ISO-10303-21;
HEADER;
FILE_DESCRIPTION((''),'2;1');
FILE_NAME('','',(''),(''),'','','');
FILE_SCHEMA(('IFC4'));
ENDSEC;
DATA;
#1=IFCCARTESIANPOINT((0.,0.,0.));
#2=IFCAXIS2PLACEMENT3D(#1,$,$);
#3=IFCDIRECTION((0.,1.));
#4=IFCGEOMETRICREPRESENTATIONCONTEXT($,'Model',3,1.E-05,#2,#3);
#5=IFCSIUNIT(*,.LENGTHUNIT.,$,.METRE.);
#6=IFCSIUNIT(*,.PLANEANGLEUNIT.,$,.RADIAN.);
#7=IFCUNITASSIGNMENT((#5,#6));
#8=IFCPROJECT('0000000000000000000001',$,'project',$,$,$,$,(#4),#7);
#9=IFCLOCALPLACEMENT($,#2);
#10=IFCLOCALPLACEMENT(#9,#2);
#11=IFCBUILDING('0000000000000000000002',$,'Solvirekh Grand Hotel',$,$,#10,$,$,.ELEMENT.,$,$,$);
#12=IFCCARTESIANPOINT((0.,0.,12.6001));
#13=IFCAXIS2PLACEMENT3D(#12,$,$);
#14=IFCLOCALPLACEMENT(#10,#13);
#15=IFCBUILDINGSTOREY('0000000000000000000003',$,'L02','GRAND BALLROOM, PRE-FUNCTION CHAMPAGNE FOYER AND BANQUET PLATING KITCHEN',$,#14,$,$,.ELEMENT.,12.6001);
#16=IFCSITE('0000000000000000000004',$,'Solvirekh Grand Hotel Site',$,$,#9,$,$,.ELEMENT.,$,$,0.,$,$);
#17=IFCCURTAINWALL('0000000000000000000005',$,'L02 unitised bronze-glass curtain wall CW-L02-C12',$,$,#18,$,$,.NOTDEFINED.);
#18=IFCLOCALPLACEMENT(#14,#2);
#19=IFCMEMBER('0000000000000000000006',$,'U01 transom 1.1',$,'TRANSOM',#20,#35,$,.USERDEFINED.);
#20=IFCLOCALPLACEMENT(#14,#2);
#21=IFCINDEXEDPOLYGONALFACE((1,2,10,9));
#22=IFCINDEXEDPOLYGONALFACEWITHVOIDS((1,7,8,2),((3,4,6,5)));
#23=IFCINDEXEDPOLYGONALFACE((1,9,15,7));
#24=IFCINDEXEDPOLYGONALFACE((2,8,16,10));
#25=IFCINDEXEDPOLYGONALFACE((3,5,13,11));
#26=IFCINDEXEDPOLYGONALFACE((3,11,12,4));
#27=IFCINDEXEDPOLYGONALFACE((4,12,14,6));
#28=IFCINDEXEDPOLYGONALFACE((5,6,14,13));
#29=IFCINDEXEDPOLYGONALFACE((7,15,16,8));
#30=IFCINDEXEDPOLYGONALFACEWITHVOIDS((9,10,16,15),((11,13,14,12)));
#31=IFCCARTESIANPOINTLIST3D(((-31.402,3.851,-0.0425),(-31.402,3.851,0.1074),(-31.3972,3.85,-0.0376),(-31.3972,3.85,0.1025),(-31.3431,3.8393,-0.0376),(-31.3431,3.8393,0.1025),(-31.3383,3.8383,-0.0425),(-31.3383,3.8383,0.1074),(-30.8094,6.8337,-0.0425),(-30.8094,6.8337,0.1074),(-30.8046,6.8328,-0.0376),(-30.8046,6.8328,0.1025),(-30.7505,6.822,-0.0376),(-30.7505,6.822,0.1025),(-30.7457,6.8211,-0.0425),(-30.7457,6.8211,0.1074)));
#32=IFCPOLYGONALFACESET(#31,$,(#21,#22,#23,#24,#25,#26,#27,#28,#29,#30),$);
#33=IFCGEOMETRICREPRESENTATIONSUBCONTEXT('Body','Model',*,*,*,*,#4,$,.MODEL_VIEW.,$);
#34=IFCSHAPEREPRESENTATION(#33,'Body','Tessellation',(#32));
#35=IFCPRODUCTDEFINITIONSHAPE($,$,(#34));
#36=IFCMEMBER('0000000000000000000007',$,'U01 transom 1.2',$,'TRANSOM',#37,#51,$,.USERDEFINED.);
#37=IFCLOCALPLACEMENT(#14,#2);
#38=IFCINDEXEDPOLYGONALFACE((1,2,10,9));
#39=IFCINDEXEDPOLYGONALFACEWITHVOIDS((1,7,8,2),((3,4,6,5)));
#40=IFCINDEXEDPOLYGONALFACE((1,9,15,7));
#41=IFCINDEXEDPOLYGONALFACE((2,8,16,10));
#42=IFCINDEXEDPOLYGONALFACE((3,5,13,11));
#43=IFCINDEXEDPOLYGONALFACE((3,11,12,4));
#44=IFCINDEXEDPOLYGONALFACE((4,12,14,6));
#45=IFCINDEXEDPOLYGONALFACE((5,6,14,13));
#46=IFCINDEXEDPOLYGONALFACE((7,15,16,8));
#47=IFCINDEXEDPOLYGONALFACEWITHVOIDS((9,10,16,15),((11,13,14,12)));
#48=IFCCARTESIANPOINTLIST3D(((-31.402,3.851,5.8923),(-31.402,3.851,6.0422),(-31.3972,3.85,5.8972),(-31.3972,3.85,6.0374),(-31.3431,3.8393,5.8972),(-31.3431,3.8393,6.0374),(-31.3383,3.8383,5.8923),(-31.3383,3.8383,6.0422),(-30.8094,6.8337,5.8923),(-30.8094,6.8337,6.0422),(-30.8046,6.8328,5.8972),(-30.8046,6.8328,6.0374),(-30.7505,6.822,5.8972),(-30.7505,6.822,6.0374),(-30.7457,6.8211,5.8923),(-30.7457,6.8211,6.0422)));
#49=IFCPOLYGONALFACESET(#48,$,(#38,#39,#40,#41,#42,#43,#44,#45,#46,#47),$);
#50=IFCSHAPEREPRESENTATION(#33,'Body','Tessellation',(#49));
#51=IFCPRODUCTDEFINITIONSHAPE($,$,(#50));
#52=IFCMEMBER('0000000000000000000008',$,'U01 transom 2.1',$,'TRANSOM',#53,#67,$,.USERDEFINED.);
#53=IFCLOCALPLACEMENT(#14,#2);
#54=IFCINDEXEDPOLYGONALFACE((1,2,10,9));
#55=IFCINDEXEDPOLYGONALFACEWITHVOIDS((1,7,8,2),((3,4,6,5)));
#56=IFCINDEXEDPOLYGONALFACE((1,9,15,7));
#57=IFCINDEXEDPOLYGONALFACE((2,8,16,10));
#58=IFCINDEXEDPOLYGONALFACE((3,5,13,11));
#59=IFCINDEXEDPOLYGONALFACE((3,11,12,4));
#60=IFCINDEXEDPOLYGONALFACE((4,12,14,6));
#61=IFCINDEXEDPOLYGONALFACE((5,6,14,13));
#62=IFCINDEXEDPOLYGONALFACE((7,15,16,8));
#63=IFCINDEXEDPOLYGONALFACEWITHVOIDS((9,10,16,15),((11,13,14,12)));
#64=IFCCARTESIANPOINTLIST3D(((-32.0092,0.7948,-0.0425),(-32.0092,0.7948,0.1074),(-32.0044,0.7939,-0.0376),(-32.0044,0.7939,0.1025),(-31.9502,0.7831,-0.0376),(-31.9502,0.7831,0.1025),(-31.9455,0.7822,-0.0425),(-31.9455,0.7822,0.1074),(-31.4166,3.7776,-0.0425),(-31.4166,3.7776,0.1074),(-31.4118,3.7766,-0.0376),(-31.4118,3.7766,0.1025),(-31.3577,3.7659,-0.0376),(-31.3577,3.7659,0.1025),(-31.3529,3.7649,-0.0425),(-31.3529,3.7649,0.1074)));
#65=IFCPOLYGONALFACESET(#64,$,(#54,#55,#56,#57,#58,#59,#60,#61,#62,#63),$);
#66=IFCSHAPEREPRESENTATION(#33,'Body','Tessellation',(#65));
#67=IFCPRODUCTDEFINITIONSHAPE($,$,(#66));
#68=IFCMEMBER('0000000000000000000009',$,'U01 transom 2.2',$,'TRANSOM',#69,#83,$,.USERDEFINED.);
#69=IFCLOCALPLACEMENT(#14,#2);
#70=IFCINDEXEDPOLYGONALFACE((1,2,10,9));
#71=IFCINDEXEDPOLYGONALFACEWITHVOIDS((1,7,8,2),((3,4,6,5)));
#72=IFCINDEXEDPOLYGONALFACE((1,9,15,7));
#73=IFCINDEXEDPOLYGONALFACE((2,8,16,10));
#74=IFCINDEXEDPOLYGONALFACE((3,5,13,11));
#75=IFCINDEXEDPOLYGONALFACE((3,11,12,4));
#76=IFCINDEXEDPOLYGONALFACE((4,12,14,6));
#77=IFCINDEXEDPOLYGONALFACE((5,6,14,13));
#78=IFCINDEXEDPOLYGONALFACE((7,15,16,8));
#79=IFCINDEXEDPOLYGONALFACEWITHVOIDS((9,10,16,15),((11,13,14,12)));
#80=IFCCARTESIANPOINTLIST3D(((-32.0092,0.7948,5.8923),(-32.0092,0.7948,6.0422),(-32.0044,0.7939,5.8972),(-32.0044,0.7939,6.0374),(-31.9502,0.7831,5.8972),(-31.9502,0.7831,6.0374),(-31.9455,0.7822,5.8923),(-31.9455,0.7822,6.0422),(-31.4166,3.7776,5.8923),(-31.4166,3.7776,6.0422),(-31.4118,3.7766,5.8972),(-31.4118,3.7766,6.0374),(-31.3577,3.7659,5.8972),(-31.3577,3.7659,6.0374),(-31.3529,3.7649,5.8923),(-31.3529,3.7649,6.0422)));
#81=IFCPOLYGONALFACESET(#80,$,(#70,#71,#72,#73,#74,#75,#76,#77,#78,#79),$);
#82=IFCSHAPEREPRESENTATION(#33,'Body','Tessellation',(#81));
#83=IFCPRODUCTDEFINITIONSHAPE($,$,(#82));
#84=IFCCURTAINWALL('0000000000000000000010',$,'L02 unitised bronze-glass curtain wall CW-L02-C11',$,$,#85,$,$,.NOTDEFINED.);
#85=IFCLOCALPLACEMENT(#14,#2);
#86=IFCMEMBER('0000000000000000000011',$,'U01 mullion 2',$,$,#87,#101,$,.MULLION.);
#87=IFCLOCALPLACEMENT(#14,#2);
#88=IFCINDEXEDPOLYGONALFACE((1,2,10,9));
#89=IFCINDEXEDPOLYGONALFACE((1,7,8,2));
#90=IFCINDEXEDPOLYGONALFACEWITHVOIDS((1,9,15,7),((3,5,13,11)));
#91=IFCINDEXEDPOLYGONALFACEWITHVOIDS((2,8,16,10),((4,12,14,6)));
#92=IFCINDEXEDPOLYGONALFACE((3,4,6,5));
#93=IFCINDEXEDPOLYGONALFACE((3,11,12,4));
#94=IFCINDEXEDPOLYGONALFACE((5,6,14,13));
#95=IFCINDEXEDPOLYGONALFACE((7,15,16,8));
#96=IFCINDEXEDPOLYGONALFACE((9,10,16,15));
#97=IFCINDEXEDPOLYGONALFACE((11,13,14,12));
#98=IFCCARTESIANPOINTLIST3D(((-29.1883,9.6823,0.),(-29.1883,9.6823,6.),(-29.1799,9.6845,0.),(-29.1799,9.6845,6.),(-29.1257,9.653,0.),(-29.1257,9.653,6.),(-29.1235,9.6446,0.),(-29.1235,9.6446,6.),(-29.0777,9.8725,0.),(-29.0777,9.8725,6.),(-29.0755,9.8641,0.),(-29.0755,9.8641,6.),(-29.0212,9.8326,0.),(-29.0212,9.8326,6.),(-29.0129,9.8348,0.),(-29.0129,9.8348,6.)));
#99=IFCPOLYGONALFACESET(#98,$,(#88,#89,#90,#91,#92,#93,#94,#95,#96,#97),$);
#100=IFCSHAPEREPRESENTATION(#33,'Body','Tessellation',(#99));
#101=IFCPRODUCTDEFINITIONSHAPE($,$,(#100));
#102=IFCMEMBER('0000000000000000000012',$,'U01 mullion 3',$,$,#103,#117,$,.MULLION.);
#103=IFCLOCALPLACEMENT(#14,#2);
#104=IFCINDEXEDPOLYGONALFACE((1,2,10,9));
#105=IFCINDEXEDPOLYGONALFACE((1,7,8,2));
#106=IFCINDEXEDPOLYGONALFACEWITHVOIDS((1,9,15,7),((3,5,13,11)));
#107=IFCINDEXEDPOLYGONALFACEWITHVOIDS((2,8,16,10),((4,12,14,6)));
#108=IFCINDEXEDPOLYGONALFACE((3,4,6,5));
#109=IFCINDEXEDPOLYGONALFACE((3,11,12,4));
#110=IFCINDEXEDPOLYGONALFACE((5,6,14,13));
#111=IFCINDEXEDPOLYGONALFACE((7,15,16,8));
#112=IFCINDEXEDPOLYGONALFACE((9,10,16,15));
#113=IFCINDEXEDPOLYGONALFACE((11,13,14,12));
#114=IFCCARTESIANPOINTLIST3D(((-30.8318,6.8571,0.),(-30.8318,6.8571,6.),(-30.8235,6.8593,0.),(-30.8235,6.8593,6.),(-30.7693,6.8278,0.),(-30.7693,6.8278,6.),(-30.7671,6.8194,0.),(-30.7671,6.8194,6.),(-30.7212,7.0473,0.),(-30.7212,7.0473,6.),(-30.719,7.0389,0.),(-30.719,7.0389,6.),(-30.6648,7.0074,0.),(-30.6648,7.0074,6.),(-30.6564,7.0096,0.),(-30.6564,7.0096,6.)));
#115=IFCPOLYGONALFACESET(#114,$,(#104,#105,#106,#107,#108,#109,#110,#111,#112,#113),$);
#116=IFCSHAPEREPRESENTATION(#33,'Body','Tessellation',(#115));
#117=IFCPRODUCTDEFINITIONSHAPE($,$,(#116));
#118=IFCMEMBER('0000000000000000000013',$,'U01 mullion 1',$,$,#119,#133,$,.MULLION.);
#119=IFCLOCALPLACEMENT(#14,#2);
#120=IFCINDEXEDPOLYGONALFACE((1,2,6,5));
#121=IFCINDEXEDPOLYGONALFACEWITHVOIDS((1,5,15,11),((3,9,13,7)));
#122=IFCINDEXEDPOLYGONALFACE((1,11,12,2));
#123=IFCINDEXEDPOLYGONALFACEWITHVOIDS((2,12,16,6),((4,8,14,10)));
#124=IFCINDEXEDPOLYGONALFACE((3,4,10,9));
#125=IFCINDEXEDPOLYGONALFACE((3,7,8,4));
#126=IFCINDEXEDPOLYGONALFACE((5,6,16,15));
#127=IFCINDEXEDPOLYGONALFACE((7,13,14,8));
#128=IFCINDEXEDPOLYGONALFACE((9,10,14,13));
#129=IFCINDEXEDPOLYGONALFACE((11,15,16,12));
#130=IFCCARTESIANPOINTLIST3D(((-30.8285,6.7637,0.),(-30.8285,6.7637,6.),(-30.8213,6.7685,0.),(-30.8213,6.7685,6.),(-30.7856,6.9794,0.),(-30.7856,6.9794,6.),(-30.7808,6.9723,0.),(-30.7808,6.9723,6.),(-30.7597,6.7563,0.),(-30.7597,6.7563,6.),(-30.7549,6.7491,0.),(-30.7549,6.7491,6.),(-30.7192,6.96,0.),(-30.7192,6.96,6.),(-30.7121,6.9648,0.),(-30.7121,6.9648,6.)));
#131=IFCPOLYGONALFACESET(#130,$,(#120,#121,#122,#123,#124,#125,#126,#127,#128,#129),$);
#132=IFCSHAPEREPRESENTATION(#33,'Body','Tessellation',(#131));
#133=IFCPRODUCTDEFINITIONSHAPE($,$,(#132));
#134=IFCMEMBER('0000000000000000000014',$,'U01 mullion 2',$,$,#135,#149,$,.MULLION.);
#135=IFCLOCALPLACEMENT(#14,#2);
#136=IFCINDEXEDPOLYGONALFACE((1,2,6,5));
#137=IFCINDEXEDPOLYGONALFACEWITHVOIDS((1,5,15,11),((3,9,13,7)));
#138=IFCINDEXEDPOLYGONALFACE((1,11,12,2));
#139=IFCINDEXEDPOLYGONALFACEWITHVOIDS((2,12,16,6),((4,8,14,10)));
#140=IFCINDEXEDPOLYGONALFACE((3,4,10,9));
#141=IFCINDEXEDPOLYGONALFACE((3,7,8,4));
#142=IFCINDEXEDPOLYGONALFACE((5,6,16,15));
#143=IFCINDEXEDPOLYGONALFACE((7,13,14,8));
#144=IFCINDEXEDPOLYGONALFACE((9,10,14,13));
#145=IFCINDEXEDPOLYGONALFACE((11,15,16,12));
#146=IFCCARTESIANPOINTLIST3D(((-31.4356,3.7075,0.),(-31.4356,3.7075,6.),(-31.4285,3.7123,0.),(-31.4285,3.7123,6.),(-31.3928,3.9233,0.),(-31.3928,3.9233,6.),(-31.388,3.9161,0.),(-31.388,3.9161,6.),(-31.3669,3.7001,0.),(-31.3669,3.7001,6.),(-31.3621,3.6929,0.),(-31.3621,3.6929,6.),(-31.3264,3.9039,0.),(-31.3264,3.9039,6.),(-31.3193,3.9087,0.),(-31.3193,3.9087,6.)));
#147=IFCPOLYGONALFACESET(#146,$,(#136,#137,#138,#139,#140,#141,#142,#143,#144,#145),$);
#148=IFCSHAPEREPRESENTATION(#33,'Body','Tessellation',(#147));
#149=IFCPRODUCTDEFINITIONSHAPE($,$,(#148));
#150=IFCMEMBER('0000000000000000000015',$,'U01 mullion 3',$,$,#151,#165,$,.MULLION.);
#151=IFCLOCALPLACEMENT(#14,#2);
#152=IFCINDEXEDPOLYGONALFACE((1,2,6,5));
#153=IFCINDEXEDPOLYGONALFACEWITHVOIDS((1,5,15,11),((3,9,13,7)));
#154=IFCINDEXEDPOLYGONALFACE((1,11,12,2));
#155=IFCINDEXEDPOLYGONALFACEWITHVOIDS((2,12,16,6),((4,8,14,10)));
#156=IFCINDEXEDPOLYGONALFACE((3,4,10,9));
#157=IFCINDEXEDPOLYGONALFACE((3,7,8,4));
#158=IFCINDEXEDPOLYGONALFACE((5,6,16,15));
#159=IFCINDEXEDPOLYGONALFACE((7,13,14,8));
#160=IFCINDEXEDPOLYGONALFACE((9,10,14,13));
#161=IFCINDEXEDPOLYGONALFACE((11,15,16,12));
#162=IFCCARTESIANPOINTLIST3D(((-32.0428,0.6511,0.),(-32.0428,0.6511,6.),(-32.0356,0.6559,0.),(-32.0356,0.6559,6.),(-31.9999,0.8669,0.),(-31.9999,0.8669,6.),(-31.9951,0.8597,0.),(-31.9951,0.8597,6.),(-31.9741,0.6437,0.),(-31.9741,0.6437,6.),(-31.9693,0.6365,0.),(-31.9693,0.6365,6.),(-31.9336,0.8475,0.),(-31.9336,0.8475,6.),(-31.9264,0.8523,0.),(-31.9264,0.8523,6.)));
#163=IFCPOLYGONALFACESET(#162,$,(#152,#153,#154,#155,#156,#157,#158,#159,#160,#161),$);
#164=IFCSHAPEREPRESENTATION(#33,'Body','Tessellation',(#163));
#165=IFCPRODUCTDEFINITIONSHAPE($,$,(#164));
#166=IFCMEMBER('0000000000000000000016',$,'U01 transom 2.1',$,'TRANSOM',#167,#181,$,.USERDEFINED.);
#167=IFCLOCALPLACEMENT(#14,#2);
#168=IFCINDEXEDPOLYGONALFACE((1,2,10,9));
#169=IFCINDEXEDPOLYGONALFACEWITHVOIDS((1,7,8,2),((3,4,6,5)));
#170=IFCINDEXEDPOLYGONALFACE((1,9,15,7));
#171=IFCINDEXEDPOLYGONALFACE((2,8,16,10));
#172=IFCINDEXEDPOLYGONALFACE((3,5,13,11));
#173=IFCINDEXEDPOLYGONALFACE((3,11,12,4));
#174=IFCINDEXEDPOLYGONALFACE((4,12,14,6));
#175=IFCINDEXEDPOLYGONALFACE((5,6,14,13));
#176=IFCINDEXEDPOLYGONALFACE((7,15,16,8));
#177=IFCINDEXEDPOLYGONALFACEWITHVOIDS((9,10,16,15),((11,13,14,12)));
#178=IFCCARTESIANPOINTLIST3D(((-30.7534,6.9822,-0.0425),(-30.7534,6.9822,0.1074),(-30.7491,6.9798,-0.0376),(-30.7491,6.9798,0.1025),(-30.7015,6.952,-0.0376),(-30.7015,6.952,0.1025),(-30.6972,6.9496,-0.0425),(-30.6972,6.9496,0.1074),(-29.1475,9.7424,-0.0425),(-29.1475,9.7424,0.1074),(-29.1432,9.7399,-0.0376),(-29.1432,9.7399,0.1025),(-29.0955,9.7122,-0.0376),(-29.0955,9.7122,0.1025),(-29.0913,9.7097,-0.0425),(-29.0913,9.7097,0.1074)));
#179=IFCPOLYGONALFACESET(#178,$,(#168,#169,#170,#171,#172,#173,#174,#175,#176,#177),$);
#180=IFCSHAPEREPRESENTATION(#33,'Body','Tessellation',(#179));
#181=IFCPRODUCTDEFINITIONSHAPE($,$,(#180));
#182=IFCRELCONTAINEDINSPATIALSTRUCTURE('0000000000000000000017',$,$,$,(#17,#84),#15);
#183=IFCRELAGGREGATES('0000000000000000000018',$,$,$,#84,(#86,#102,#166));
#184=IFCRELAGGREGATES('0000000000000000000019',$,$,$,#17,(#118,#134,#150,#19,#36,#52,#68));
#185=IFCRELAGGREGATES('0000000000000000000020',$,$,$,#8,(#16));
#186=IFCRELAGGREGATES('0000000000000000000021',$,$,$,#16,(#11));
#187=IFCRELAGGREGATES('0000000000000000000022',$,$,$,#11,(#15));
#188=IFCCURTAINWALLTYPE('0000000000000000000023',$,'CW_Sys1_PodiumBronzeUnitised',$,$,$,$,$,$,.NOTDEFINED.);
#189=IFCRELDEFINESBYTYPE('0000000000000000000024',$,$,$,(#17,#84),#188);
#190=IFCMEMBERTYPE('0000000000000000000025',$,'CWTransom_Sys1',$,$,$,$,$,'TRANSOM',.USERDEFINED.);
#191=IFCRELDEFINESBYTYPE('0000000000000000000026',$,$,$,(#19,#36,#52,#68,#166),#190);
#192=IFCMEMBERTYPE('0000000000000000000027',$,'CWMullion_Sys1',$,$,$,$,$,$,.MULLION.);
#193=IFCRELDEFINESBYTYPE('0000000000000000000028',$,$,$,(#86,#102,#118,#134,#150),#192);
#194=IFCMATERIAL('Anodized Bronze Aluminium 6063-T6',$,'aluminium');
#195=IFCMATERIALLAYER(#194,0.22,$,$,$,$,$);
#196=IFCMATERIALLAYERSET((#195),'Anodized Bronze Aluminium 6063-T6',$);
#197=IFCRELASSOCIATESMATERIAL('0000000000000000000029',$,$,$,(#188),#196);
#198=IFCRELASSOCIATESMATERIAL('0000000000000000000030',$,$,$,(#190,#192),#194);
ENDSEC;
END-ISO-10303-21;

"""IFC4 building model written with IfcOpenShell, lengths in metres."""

from ifc_helpers import new_model, si_unit, direction, frame, origin, origin_2d, place, context, subcontext, project, spatial, hollow_rectangle, extrude, source, transform, mapped, material, layer, layer_set, material_profile, profile_set, type_object, element, aggregate, save


model = new_model("IFC4")

# Units and contexts
model_context = context("Model", 3, precision=1e-05, world=origin(), true_north=direction((0.0, 1.0)))
body_context = subcontext(model_context, "Body", "Model", "MODEL_VIEW")
ifc_project = project(units=[si_unit("LENGTHUNIT", "METRE"), si_unit("PLANEANGLEUNIT", "RADIAN")], contexts=[model_context])

# Site, building, storey
site_placement = place(None, origin())
site = spatial("IfcSite", under=ifc_project, at=site_placement, Name="Solvirekh Grand Hotel Site", CompositionType="ELEMENT", RefElevation=0.0)
building_placement = place(site_placement, origin())
building = spatial("IfcBuilding", under=site, at=building_placement, Name="Solvirekh Grand Hotel", CompositionType="ELEMENT")
storey_placement = place(building_placement, frame((0.0, 0.0, 12.6001)))
storey = spatial("IfcBuildingStorey", under=building, at=storey_placement, Name="L02", Description="GRAND BALLROOM, PRE-FUNCTION CHAMPAGNE FOYER AND BANQUET PLATING KITCHEN", CompositionType="ELEMENT", Elevation=12.6001)

# Curtain walls, members
ifc_material_1 = material(Name="Anodized Bronze Aluminium 6063-T6", Category="aluminium")
ifc_layer_1 = layer(ifc_material_1, 0.22)
ifc_layer_set_1 = layer_set([ifc_layer_1], Name="Anodized Bronze Aluminium 6063-T6")
curtain_wall_type = type_object("IfcCurtainWallType", Name="CW_Sys1_PodiumBronzeUnitised", PredefinedType="NOTDEFINED", material=ifc_layer_set_1)
curtain_wall_1_placement = place(storey_placement, origin())
curtain_wall_1 = element("IfcCurtainWall", 1, at=curtain_wall_1_placement, inside=storey, type_object=curtain_wall_type, Name="L02 unitised bronze-glass curtain wall CW-L02-C12", PredefinedType="NOTDEFINED")
ifc_material_profile_1 = material_profile(ifc_material_1, hollow_rectangle(XDim=0.0649, YDim=0.1499, WallThickness=0.0049, at=origin_2d()), Name="ALU RHS 150X65X5")
ifc_profile_set_1 = profile_set([ifc_material_profile_1], Name="Anodized Bronze Aluminium 6063-T6")
member_type_1 = type_object("IfcMemberType", Name="CWTransom_Sys1", ElementType="TRANSOM", PredefinedType="USERDEFINED", material=ifc_profile_set_1)
shared_shape_1 = source(origin(), body_context, "Body", "SweptSolid", [
    extrude(hollow_rectangle(XDim=0.0649, YDim=0.1499, WallThickness=0.0049, at=origin_2d()), origin(), (0.0, 0.0, 1.0), 3.041),
])
member_1_placement = place(storey_placement, frame((-30.7776, 6.8274, 0.0325), z_axis=(-0.19485, -0.980833, 0.0), x_axis=(0.980833, -0.19485, 0.0)))
member_1 = element("IfcMember", 2, at=member_1_placement, type_object=member_type_1, Name="U01 transom 1.1", ObjectType="TRANSOM", PredefinedType="USERDEFINED", context=body_context, shape_type="MappedRepresentation", body=[
    mapped(shared_shape_1, transform((0.0, 0.0, 0.0), x_axis=(1.0, 0.0, 0.0), y_axis=(0.0, 1.0, 0.0), z_axis=(0.0, 0.0, 1.0), scale=1.0)),
])
member_2_placement = place(storey_placement, frame((-30.7776, 6.8274, 5.9673), z_axis=(-0.19485, -0.980833, 0.0), x_axis=(0.980833, -0.19485, 0.0)))
member_2 = element("IfcMember", 3, at=member_2_placement, type_object=member_type_1, Name="U01 transom 1.2", ObjectType="TRANSOM", PredefinedType="USERDEFINED", context=body_context, shape_type="MappedRepresentation", body=[
    mapped(shared_shape_1, transform((0.0, 0.0, 0.0), x_axis=(1.0, 0.0, 0.0), y_axis=(0.0, 1.0, 0.0), z_axis=(0.0, 0.0, 1.0), scale=1.0)),
])
member_3_placement = place(storey_placement, frame((-31.3848, 3.7712, 0.0325), z_axis=(-0.19485, -0.980833, 0.0), x_axis=(0.980833, -0.19485, 0.0)))
member_3 = element("IfcMember", 4, at=member_3_placement, type_object=member_type_1, Name="U01 transom 2.1", ObjectType="TRANSOM", PredefinedType="USERDEFINED", context=body_context, shape_type="MappedRepresentation", body=[
    mapped(shared_shape_1, transform((0.0, 0.0, 0.0), x_axis=(1.0, 0.0, 0.0), y_axis=(0.0, 1.0, 0.0), z_axis=(0.0, 0.0, 1.0), scale=1.0)),
])
member_4_placement = place(storey_placement, frame((-31.3848, 3.7712, 5.9673), z_axis=(-0.19485, -0.980833, 0.0), x_axis=(0.980833, -0.19485, 0.0)))
member_4 = element("IfcMember", 5, at=member_4_placement, type_object=member_type_1, Name="U01 transom 2.2", ObjectType="TRANSOM", PredefinedType="USERDEFINED", context=body_context, shape_type="MappedRepresentation", body=[
    mapped(shared_shape_1, transform((0.0, 0.0, 0.0), x_axis=(1.0, 0.0, 0.0), y_axis=(0.0, 1.0, 0.0), z_axis=(0.0, 0.0, 1.0), scale=1.0)),
])
curtain_wall_2_placement = place(storey_placement, origin())
curtain_wall_2 = element("IfcCurtainWall", 6, at=curtain_wall_2_placement, inside=storey, type_object=curtain_wall_type, Name="L02 unitised bronze-glass curtain wall CW-L02-C11", PredefinedType="NOTDEFINED")
ifc_material_profile_2 = material_profile(ifc_material_1, hollow_rectangle(XDim=0.075, YDim=0.22, WallThickness=0.0061, at=origin_2d()), Name="ALU RHS 220X75X6")
ifc_profile_set_2 = profile_set([ifc_material_profile_2], Name="Anodized Bronze Aluminium 6063-T6")
member_type_2 = type_object("IfcMemberType", Name="CWMullion_Sys1", PredefinedType="MULLION", material=ifc_profile_set_2)
shared_shape_2 = source(origin(), body_context, "Body", "SweptSolid", [
    extrude(hollow_rectangle(XDim=0.075, YDim=0.22, WallThickness=0.0061, at=origin_2d()), origin(), (0.0, 0.0, 1.0), 6.0),
])
member_5_placement = place(storey_placement, frame((-29.1006, 9.7585, 0.0), z_axis=(0.0, 0.0, 1.0), x_axis=(0.864354, -0.502883, 0.0)))
member_5 = element("IfcMember", 7, at=member_5_placement, type_object=member_type_2, Name="U01 mullion 2", PredefinedType="MULLION", context=body_context, shape_type="MappedRepresentation", body=[
    mapped(shared_shape_2, transform((0.0, 0.0, 0.0), x_axis=(1.0, 0.0, 0.0), y_axis=(0.0, 1.0, 0.0), z_axis=(0.0, 0.0, 1.0), scale=1.0)),
])
member_6_placement = place(storey_placement, frame((-30.7441, 6.9333, 0.0), z_axis=(0.0, 0.0, 1.0), x_axis=(0.864354, -0.502883, 0.0)))
member_6 = element("IfcMember", 8, at=member_6_placement, type_object=member_type_2, Name="U01 mullion 3", PredefinedType="MULLION", context=body_context, shape_type="MappedRepresentation", body=[
    mapped(shared_shape_2, transform((0.0, 0.0, 0.0), x_axis=(1.0, 0.0, 0.0), y_axis=(0.0, 1.0, 0.0), z_axis=(0.0, 0.0, 1.0), scale=1.0)),
])

# Members
member_7_placement = place(storey_placement, frame((-30.7703, 6.8643, 0.0), z_axis=(0.0, 0.0, 1.0), x_axis=(0.98083, -0.194866, 0.0)))
member_7 = element("IfcMember", 9, at=member_7_placement, type_object=member_type_2, Name="U01 mullion 1", PredefinedType="MULLION", context=body_context, shape_type="MappedRepresentation", body=[
    mapped(shared_shape_2, transform((0.0, 0.0, 0.0), x_axis=(1.0, 0.0, 0.0), y_axis=(0.0, 1.0, 0.0), z_axis=(0.0, 0.0, 1.0), scale=1.0)),
])
member_8_placement = place(storey_placement, frame((-31.3774, 3.8081, 0.0), z_axis=(0.0, 0.0, 1.0), x_axis=(0.98083, -0.194866, 0.0)))
member_8 = element("IfcMember", 10, at=member_8_placement, type_object=member_type_2, Name="U01 mullion 2", PredefinedType="MULLION", context=body_context, shape_type="MappedRepresentation", body=[
    mapped(shared_shape_2, transform((0.0, 0.0, 0.0), x_axis=(1.0, 0.0, 0.0), y_axis=(0.0, 1.0, 0.0), z_axis=(0.0, 0.0, 1.0), scale=1.0)),
])
member_9_placement = place(storey_placement, frame((-31.9846, 0.7517, 0.0), z_axis=(0.0, 0.0, 1.0), x_axis=(0.98083, -0.194866, 0.0)))
member_9 = element("IfcMember", 11, at=member_9_placement, type_object=member_type_2, Name="U01 mullion 3", PredefinedType="MULLION", context=body_context, shape_type="MappedRepresentation", body=[
    mapped(shared_shape_2, transform((0.0, 0.0, 0.0), x_axis=(1.0, 0.0, 0.0), y_axis=(0.0, 1.0, 0.0), z_axis=(0.0, 0.0, 1.0), scale=1.0)),
])
shared_shape_3 = source(origin(), body_context, "Body", "SweptSolid", [
    extrude(hollow_rectangle(XDim=0.0649, YDim=0.1499, WallThickness=0.0049, at=origin_2d()), origin(), (0.0, 0.0, 1.0), 3.1934),
])
member_10_placement = place(storey_placement, frame((-29.1194, 9.7261, 0.0325), z_axis=(-0.502892, -0.86435, 0.0), x_axis=(0.86435, -0.502892, 0.0)))
member_10 = element("IfcMember", 12, at=member_10_placement, type_object=member_type_1, Name="U01 transom 2.1", ObjectType="TRANSOM", PredefinedType="USERDEFINED", context=body_context, shape_type="MappedRepresentation", body=[
    mapped(shared_shape_3, transform((0.0, 0.0, 0.0), x_axis=(1.0, 0.0, 0.0), y_axis=(0.0, 1.0, 0.0), z_axis=(0.0, 0.0, 1.0), scale=1.0)),
])

aggregate(curtain_wall_2, [member_5, member_6, member_10])
aggregate(curtain_wall_1, [member_7, member_8, member_9, member_1, member_2, member_3, member_4])

save(model, "model.ifc")
